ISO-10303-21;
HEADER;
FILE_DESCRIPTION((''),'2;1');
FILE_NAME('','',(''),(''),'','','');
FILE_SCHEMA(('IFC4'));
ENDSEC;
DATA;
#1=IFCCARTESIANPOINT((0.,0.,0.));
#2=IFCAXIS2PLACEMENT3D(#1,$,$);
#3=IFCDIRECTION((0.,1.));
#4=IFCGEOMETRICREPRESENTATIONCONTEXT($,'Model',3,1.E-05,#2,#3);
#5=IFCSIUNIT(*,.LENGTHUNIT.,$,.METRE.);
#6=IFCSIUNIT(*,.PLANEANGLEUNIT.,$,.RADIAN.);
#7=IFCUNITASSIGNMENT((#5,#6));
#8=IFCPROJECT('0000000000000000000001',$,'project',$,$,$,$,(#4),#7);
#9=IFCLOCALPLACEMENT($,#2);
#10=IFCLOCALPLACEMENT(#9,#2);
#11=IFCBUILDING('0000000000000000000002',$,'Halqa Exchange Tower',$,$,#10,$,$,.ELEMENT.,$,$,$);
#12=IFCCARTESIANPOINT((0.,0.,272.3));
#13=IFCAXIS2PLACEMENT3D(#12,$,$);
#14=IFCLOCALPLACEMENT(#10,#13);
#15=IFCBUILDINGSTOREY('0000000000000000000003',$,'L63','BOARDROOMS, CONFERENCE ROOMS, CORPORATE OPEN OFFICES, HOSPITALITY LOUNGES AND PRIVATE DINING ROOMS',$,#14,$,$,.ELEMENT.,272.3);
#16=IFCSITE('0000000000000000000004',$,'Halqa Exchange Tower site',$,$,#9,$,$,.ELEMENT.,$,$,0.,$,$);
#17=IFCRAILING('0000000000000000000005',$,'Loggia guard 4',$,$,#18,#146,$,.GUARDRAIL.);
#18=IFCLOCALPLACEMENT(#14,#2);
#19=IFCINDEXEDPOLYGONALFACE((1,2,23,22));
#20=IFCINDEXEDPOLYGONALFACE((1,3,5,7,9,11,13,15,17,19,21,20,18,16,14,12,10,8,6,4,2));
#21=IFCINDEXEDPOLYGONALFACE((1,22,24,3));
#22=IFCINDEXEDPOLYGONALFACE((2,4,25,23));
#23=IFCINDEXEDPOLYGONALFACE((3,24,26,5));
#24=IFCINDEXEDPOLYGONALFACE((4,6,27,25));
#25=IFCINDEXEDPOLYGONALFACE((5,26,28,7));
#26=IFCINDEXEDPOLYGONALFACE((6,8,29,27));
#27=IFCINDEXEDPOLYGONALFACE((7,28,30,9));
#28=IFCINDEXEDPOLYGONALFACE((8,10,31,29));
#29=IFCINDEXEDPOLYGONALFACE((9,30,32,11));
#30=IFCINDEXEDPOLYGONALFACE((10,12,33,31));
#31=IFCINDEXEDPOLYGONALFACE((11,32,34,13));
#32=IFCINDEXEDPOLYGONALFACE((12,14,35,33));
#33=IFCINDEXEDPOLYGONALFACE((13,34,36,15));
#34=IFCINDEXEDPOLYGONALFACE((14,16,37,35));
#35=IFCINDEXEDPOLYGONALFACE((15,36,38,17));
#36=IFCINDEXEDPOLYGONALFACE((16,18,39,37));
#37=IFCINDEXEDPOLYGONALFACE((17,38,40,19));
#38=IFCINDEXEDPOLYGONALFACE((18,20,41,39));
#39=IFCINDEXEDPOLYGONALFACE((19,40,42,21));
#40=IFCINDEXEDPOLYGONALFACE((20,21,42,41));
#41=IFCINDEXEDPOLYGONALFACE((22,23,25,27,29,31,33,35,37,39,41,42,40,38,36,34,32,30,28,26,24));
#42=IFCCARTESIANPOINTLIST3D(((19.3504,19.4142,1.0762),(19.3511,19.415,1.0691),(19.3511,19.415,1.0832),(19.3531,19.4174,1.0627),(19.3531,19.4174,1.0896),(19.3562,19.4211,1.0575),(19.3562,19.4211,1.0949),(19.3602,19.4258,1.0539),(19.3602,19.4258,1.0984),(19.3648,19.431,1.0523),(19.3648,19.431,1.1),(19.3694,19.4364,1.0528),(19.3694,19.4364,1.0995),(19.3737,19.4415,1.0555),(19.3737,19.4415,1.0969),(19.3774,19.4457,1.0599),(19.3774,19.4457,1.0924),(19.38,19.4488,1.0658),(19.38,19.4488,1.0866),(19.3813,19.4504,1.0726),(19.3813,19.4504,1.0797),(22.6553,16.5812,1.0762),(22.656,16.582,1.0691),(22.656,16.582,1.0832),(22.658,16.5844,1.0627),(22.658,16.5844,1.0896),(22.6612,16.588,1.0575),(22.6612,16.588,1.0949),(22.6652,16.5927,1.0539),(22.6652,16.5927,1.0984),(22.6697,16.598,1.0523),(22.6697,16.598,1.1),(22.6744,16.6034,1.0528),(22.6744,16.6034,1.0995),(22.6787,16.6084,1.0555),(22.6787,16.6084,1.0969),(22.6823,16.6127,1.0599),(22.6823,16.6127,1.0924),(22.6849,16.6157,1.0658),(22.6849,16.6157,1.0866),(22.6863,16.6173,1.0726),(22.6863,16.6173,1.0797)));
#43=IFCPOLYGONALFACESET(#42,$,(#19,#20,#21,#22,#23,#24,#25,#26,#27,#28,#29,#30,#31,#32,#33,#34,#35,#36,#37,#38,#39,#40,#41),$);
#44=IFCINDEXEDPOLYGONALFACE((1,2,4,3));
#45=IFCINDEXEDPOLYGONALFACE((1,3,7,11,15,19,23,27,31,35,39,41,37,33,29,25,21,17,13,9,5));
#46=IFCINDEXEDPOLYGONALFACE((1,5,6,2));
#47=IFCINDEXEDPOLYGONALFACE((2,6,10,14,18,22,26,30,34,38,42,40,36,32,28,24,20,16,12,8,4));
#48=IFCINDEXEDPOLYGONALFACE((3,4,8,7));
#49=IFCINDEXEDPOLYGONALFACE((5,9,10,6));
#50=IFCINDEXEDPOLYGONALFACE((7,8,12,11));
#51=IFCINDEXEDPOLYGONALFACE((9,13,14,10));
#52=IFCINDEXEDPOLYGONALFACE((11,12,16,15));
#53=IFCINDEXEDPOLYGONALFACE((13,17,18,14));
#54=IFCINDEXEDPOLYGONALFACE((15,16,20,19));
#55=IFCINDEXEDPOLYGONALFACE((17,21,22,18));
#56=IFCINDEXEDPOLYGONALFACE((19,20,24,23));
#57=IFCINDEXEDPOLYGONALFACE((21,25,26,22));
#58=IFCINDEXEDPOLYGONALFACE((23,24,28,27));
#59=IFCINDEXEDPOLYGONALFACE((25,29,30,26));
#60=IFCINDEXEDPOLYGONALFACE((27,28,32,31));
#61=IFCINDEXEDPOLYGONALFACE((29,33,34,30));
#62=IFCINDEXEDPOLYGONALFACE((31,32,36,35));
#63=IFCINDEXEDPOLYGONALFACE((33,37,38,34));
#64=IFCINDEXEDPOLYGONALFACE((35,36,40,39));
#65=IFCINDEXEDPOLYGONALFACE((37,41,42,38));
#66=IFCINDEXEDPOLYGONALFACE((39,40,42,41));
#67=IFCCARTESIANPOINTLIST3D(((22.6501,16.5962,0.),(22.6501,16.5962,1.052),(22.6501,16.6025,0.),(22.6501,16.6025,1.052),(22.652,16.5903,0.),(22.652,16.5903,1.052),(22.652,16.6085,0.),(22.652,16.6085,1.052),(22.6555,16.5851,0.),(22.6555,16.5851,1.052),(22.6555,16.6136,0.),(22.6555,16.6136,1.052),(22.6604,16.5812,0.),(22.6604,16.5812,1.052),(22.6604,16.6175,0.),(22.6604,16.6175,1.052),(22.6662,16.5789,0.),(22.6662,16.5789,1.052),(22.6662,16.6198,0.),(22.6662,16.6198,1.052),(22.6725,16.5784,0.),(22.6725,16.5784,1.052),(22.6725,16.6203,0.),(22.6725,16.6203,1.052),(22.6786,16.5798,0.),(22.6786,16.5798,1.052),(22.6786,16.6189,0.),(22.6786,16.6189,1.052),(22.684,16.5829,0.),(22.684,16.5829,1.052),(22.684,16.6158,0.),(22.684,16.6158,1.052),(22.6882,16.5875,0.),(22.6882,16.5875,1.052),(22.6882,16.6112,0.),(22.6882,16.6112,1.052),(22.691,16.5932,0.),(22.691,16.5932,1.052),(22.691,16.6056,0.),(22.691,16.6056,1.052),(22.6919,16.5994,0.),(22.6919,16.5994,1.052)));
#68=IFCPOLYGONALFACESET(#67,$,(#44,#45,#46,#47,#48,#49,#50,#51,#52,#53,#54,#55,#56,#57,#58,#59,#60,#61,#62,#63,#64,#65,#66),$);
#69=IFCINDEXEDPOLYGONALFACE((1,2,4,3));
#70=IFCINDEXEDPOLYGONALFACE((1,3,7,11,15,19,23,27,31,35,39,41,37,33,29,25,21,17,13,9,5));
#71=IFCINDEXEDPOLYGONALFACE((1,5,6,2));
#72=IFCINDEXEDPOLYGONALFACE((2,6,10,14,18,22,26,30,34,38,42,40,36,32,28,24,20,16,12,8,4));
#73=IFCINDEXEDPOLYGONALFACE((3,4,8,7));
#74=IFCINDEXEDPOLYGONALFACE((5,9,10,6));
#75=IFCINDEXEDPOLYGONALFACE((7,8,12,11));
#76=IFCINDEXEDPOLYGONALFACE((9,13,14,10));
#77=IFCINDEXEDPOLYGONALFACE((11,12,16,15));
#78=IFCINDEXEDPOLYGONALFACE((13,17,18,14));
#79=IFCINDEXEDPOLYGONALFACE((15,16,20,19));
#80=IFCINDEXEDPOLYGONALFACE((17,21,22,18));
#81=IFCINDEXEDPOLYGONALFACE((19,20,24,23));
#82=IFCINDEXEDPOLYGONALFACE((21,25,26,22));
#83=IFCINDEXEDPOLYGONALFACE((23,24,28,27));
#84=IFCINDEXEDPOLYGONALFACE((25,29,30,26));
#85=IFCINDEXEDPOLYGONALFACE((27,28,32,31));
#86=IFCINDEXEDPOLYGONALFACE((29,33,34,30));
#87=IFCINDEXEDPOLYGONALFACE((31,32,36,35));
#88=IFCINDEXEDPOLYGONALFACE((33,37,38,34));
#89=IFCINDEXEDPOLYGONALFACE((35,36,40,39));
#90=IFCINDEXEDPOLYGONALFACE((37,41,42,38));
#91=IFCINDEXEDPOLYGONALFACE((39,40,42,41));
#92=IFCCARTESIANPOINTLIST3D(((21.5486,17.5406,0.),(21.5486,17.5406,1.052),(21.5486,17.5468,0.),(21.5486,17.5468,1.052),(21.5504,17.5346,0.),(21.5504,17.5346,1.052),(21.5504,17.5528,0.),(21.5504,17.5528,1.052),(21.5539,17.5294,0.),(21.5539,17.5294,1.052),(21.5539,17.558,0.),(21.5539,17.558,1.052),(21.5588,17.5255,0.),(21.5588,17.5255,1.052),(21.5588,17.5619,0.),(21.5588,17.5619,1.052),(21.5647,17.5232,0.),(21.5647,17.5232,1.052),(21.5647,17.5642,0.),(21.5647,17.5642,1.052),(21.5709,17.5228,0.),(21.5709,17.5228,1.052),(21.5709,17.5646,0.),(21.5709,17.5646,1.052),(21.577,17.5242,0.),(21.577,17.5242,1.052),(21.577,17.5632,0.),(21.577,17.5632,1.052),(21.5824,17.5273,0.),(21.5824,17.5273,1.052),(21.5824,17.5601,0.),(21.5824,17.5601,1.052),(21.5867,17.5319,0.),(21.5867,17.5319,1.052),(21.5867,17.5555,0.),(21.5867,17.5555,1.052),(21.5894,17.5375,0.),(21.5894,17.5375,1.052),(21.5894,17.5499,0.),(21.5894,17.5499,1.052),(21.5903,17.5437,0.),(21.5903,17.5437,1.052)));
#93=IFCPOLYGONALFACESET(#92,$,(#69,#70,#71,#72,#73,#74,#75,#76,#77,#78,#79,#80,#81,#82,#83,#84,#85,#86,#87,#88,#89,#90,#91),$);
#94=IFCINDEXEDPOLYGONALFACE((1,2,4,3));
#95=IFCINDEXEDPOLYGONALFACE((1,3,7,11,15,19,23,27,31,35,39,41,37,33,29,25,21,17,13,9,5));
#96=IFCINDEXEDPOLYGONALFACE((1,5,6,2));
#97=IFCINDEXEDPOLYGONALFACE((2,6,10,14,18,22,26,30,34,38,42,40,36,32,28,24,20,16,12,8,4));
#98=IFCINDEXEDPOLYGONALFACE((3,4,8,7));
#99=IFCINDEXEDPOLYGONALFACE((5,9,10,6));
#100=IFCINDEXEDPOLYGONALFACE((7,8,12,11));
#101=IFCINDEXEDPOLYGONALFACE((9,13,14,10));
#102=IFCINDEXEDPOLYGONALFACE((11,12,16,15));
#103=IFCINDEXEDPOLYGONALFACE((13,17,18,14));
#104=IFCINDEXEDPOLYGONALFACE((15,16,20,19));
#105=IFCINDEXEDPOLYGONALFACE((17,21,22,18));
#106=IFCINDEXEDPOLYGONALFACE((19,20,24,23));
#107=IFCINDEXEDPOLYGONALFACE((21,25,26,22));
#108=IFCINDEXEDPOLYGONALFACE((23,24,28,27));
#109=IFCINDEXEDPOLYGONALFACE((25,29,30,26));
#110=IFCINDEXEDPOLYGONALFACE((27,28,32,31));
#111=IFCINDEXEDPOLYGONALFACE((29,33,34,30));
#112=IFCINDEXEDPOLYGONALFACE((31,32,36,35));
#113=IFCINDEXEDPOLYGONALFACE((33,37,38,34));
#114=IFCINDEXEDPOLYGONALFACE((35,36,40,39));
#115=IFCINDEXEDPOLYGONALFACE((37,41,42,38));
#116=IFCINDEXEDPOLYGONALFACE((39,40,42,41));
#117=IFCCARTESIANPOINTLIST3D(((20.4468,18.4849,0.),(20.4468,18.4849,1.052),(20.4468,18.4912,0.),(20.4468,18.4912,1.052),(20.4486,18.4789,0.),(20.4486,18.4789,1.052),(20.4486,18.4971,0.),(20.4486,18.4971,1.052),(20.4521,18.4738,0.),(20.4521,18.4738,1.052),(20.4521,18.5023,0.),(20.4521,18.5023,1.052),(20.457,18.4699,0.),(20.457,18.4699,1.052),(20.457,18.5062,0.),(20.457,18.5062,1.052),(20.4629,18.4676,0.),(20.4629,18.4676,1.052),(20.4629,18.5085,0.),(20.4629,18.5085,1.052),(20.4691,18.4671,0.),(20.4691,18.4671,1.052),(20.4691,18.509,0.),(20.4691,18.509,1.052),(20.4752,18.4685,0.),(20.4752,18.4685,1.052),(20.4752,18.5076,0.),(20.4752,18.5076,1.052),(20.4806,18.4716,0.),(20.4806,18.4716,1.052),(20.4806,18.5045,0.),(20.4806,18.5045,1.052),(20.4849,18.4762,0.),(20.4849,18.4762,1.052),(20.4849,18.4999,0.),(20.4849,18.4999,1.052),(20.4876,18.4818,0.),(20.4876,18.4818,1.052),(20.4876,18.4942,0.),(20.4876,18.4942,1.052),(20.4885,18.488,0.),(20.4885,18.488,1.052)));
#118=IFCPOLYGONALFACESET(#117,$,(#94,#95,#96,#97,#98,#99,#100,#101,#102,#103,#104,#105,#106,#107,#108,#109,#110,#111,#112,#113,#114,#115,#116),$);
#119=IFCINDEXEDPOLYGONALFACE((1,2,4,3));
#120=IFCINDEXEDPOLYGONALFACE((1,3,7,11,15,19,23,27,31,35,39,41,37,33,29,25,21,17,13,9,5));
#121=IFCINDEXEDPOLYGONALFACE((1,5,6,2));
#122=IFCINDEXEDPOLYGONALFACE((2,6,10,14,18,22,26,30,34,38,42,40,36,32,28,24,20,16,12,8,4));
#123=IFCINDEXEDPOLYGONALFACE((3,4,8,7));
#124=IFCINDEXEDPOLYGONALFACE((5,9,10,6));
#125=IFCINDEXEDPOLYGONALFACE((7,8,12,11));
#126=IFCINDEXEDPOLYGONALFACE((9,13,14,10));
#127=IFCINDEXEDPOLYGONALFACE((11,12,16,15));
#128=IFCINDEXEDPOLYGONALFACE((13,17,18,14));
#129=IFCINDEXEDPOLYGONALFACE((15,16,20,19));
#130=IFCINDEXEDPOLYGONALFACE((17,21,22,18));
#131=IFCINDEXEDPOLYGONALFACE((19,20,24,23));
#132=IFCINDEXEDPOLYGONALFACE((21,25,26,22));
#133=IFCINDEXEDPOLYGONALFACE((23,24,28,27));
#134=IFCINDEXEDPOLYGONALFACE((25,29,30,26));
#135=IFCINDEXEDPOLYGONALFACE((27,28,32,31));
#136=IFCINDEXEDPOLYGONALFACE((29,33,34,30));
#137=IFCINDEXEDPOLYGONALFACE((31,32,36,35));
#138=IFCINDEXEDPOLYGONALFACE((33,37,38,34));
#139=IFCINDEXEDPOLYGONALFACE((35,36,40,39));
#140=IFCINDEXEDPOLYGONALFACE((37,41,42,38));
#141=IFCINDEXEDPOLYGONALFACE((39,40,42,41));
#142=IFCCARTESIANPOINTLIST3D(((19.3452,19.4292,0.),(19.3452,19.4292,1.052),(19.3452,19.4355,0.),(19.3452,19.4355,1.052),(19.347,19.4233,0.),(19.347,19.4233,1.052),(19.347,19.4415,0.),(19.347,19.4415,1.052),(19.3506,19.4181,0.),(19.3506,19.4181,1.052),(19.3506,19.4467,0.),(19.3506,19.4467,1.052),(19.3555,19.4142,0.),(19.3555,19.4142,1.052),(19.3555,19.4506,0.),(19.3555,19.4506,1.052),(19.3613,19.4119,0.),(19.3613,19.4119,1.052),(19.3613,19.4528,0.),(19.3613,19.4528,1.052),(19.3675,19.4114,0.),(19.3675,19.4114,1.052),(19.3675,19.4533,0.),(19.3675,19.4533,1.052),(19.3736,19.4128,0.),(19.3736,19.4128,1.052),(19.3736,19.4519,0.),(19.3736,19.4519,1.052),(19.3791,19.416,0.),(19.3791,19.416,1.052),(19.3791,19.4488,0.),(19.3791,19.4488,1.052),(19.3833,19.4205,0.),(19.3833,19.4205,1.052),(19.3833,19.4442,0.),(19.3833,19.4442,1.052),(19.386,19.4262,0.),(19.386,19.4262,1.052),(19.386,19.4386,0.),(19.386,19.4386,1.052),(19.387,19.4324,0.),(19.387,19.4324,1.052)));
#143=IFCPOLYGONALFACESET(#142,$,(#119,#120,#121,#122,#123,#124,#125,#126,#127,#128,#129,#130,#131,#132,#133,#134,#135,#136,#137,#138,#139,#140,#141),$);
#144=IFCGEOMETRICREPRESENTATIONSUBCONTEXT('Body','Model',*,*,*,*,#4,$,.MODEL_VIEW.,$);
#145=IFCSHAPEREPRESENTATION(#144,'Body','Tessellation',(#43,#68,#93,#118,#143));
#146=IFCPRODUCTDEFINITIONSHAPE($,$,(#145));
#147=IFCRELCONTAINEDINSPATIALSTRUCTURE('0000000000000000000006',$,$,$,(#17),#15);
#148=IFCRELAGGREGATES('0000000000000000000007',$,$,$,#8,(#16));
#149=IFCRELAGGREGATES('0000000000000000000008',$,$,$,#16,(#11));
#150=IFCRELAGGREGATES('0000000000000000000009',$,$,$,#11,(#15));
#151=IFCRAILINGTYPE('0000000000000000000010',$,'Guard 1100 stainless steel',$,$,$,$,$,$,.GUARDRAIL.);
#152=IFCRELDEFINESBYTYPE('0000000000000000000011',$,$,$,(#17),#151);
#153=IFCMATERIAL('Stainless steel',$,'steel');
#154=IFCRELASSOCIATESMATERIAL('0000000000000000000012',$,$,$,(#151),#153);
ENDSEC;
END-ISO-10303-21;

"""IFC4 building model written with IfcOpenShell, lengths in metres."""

from ifc_helpers import new_model, si_unit, direction, frame, origin, origin_2d, place, context, subcontext, project, spatial, circle, extrude, material, type_object, element, save


model = new_model("IFC4")

# Units and contexts
model_context = context("Model", 3, precision=1e-05, world=origin(), true_north=direction((0.0, 1.0)))
body_context = subcontext(model_context, "Body", "Model", "MODEL_VIEW")
ifc_project = project(units=[si_unit("LENGTHUNIT", "METRE"), si_unit("PLANEANGLEUNIT", "RADIAN")], contexts=[model_context])

# Site, building, storey
site_placement = place(None, origin())
site = spatial("IfcSite", under=ifc_project, at=site_placement, Name="Halqa Exchange Tower site", CompositionType="ELEMENT", RefElevation=0.0)
building_placement = place(site_placement, origin())
building = spatial("IfcBuilding", under=site, at=building_placement, Name="Halqa Exchange Tower", CompositionType="ELEMENT")
storey_placement = place(building_placement, frame((0.0, 0.0, 272.3)))
storey = spatial("IfcBuildingStorey", under=building, at=storey_placement, Name="L63", Description="BOARDROOMS, CONFERENCE ROOMS, CORPORATE OPEN OFFICES, HOSPITALITY LOUNGES AND PRIVATE DINING ROOMS", CompositionType="ELEMENT", Elevation=272.3)

# Railing
ifc_material_1 = material(Name="Stainless steel", Category="steel")
railing_type = type_object("IfcRailingType", Name="Guard 1100 stainless steel", PredefinedType="GUARDRAIL", material=ifc_material_1)
railing_1_placement = place(storey_placement, frame((22.6709, 16.5994, 0.0)))
element("IfcRailing", 1, at=railing_1_placement, inside=storey, type_object=railing_type, Name="Loggia guard 4", PredefinedType="GUARDRAIL", context=body_context, shape_type="SweptSolid", body=[
    extrude(circle(Radius=0.0239, at=origin_2d()), frame((0.0, 0.0, 1.0762), z_axis=(-0.759233, 0.650819, 0.0), x_axis=(-0.650819, -0.759233, 0.0)), (0.0, 0.0, 1.0), 4.353),
    extrude(circle(Radius=0.021, at=origin_2d()), origin(), (0.0, 0.0, 1.0), 1.052),
    extrude(circle(Radius=0.021, at=origin_2d()), frame((-1.1016, 0.9443, 0.0)), (0.0, 0.0, 1.0), 1.052),
    extrude(circle(Radius=0.021, at=origin_2d()), frame((-2.2034, 1.8887, 0.0)), (0.0, 0.0, 1.0), 1.052),
    extrude(circle(Radius=0.021, at=origin_2d()), frame((-3.3049, 2.833, 0.0)), (0.0, 0.0, 1.0), 1.052),
])

save(model, "model.ifc")
